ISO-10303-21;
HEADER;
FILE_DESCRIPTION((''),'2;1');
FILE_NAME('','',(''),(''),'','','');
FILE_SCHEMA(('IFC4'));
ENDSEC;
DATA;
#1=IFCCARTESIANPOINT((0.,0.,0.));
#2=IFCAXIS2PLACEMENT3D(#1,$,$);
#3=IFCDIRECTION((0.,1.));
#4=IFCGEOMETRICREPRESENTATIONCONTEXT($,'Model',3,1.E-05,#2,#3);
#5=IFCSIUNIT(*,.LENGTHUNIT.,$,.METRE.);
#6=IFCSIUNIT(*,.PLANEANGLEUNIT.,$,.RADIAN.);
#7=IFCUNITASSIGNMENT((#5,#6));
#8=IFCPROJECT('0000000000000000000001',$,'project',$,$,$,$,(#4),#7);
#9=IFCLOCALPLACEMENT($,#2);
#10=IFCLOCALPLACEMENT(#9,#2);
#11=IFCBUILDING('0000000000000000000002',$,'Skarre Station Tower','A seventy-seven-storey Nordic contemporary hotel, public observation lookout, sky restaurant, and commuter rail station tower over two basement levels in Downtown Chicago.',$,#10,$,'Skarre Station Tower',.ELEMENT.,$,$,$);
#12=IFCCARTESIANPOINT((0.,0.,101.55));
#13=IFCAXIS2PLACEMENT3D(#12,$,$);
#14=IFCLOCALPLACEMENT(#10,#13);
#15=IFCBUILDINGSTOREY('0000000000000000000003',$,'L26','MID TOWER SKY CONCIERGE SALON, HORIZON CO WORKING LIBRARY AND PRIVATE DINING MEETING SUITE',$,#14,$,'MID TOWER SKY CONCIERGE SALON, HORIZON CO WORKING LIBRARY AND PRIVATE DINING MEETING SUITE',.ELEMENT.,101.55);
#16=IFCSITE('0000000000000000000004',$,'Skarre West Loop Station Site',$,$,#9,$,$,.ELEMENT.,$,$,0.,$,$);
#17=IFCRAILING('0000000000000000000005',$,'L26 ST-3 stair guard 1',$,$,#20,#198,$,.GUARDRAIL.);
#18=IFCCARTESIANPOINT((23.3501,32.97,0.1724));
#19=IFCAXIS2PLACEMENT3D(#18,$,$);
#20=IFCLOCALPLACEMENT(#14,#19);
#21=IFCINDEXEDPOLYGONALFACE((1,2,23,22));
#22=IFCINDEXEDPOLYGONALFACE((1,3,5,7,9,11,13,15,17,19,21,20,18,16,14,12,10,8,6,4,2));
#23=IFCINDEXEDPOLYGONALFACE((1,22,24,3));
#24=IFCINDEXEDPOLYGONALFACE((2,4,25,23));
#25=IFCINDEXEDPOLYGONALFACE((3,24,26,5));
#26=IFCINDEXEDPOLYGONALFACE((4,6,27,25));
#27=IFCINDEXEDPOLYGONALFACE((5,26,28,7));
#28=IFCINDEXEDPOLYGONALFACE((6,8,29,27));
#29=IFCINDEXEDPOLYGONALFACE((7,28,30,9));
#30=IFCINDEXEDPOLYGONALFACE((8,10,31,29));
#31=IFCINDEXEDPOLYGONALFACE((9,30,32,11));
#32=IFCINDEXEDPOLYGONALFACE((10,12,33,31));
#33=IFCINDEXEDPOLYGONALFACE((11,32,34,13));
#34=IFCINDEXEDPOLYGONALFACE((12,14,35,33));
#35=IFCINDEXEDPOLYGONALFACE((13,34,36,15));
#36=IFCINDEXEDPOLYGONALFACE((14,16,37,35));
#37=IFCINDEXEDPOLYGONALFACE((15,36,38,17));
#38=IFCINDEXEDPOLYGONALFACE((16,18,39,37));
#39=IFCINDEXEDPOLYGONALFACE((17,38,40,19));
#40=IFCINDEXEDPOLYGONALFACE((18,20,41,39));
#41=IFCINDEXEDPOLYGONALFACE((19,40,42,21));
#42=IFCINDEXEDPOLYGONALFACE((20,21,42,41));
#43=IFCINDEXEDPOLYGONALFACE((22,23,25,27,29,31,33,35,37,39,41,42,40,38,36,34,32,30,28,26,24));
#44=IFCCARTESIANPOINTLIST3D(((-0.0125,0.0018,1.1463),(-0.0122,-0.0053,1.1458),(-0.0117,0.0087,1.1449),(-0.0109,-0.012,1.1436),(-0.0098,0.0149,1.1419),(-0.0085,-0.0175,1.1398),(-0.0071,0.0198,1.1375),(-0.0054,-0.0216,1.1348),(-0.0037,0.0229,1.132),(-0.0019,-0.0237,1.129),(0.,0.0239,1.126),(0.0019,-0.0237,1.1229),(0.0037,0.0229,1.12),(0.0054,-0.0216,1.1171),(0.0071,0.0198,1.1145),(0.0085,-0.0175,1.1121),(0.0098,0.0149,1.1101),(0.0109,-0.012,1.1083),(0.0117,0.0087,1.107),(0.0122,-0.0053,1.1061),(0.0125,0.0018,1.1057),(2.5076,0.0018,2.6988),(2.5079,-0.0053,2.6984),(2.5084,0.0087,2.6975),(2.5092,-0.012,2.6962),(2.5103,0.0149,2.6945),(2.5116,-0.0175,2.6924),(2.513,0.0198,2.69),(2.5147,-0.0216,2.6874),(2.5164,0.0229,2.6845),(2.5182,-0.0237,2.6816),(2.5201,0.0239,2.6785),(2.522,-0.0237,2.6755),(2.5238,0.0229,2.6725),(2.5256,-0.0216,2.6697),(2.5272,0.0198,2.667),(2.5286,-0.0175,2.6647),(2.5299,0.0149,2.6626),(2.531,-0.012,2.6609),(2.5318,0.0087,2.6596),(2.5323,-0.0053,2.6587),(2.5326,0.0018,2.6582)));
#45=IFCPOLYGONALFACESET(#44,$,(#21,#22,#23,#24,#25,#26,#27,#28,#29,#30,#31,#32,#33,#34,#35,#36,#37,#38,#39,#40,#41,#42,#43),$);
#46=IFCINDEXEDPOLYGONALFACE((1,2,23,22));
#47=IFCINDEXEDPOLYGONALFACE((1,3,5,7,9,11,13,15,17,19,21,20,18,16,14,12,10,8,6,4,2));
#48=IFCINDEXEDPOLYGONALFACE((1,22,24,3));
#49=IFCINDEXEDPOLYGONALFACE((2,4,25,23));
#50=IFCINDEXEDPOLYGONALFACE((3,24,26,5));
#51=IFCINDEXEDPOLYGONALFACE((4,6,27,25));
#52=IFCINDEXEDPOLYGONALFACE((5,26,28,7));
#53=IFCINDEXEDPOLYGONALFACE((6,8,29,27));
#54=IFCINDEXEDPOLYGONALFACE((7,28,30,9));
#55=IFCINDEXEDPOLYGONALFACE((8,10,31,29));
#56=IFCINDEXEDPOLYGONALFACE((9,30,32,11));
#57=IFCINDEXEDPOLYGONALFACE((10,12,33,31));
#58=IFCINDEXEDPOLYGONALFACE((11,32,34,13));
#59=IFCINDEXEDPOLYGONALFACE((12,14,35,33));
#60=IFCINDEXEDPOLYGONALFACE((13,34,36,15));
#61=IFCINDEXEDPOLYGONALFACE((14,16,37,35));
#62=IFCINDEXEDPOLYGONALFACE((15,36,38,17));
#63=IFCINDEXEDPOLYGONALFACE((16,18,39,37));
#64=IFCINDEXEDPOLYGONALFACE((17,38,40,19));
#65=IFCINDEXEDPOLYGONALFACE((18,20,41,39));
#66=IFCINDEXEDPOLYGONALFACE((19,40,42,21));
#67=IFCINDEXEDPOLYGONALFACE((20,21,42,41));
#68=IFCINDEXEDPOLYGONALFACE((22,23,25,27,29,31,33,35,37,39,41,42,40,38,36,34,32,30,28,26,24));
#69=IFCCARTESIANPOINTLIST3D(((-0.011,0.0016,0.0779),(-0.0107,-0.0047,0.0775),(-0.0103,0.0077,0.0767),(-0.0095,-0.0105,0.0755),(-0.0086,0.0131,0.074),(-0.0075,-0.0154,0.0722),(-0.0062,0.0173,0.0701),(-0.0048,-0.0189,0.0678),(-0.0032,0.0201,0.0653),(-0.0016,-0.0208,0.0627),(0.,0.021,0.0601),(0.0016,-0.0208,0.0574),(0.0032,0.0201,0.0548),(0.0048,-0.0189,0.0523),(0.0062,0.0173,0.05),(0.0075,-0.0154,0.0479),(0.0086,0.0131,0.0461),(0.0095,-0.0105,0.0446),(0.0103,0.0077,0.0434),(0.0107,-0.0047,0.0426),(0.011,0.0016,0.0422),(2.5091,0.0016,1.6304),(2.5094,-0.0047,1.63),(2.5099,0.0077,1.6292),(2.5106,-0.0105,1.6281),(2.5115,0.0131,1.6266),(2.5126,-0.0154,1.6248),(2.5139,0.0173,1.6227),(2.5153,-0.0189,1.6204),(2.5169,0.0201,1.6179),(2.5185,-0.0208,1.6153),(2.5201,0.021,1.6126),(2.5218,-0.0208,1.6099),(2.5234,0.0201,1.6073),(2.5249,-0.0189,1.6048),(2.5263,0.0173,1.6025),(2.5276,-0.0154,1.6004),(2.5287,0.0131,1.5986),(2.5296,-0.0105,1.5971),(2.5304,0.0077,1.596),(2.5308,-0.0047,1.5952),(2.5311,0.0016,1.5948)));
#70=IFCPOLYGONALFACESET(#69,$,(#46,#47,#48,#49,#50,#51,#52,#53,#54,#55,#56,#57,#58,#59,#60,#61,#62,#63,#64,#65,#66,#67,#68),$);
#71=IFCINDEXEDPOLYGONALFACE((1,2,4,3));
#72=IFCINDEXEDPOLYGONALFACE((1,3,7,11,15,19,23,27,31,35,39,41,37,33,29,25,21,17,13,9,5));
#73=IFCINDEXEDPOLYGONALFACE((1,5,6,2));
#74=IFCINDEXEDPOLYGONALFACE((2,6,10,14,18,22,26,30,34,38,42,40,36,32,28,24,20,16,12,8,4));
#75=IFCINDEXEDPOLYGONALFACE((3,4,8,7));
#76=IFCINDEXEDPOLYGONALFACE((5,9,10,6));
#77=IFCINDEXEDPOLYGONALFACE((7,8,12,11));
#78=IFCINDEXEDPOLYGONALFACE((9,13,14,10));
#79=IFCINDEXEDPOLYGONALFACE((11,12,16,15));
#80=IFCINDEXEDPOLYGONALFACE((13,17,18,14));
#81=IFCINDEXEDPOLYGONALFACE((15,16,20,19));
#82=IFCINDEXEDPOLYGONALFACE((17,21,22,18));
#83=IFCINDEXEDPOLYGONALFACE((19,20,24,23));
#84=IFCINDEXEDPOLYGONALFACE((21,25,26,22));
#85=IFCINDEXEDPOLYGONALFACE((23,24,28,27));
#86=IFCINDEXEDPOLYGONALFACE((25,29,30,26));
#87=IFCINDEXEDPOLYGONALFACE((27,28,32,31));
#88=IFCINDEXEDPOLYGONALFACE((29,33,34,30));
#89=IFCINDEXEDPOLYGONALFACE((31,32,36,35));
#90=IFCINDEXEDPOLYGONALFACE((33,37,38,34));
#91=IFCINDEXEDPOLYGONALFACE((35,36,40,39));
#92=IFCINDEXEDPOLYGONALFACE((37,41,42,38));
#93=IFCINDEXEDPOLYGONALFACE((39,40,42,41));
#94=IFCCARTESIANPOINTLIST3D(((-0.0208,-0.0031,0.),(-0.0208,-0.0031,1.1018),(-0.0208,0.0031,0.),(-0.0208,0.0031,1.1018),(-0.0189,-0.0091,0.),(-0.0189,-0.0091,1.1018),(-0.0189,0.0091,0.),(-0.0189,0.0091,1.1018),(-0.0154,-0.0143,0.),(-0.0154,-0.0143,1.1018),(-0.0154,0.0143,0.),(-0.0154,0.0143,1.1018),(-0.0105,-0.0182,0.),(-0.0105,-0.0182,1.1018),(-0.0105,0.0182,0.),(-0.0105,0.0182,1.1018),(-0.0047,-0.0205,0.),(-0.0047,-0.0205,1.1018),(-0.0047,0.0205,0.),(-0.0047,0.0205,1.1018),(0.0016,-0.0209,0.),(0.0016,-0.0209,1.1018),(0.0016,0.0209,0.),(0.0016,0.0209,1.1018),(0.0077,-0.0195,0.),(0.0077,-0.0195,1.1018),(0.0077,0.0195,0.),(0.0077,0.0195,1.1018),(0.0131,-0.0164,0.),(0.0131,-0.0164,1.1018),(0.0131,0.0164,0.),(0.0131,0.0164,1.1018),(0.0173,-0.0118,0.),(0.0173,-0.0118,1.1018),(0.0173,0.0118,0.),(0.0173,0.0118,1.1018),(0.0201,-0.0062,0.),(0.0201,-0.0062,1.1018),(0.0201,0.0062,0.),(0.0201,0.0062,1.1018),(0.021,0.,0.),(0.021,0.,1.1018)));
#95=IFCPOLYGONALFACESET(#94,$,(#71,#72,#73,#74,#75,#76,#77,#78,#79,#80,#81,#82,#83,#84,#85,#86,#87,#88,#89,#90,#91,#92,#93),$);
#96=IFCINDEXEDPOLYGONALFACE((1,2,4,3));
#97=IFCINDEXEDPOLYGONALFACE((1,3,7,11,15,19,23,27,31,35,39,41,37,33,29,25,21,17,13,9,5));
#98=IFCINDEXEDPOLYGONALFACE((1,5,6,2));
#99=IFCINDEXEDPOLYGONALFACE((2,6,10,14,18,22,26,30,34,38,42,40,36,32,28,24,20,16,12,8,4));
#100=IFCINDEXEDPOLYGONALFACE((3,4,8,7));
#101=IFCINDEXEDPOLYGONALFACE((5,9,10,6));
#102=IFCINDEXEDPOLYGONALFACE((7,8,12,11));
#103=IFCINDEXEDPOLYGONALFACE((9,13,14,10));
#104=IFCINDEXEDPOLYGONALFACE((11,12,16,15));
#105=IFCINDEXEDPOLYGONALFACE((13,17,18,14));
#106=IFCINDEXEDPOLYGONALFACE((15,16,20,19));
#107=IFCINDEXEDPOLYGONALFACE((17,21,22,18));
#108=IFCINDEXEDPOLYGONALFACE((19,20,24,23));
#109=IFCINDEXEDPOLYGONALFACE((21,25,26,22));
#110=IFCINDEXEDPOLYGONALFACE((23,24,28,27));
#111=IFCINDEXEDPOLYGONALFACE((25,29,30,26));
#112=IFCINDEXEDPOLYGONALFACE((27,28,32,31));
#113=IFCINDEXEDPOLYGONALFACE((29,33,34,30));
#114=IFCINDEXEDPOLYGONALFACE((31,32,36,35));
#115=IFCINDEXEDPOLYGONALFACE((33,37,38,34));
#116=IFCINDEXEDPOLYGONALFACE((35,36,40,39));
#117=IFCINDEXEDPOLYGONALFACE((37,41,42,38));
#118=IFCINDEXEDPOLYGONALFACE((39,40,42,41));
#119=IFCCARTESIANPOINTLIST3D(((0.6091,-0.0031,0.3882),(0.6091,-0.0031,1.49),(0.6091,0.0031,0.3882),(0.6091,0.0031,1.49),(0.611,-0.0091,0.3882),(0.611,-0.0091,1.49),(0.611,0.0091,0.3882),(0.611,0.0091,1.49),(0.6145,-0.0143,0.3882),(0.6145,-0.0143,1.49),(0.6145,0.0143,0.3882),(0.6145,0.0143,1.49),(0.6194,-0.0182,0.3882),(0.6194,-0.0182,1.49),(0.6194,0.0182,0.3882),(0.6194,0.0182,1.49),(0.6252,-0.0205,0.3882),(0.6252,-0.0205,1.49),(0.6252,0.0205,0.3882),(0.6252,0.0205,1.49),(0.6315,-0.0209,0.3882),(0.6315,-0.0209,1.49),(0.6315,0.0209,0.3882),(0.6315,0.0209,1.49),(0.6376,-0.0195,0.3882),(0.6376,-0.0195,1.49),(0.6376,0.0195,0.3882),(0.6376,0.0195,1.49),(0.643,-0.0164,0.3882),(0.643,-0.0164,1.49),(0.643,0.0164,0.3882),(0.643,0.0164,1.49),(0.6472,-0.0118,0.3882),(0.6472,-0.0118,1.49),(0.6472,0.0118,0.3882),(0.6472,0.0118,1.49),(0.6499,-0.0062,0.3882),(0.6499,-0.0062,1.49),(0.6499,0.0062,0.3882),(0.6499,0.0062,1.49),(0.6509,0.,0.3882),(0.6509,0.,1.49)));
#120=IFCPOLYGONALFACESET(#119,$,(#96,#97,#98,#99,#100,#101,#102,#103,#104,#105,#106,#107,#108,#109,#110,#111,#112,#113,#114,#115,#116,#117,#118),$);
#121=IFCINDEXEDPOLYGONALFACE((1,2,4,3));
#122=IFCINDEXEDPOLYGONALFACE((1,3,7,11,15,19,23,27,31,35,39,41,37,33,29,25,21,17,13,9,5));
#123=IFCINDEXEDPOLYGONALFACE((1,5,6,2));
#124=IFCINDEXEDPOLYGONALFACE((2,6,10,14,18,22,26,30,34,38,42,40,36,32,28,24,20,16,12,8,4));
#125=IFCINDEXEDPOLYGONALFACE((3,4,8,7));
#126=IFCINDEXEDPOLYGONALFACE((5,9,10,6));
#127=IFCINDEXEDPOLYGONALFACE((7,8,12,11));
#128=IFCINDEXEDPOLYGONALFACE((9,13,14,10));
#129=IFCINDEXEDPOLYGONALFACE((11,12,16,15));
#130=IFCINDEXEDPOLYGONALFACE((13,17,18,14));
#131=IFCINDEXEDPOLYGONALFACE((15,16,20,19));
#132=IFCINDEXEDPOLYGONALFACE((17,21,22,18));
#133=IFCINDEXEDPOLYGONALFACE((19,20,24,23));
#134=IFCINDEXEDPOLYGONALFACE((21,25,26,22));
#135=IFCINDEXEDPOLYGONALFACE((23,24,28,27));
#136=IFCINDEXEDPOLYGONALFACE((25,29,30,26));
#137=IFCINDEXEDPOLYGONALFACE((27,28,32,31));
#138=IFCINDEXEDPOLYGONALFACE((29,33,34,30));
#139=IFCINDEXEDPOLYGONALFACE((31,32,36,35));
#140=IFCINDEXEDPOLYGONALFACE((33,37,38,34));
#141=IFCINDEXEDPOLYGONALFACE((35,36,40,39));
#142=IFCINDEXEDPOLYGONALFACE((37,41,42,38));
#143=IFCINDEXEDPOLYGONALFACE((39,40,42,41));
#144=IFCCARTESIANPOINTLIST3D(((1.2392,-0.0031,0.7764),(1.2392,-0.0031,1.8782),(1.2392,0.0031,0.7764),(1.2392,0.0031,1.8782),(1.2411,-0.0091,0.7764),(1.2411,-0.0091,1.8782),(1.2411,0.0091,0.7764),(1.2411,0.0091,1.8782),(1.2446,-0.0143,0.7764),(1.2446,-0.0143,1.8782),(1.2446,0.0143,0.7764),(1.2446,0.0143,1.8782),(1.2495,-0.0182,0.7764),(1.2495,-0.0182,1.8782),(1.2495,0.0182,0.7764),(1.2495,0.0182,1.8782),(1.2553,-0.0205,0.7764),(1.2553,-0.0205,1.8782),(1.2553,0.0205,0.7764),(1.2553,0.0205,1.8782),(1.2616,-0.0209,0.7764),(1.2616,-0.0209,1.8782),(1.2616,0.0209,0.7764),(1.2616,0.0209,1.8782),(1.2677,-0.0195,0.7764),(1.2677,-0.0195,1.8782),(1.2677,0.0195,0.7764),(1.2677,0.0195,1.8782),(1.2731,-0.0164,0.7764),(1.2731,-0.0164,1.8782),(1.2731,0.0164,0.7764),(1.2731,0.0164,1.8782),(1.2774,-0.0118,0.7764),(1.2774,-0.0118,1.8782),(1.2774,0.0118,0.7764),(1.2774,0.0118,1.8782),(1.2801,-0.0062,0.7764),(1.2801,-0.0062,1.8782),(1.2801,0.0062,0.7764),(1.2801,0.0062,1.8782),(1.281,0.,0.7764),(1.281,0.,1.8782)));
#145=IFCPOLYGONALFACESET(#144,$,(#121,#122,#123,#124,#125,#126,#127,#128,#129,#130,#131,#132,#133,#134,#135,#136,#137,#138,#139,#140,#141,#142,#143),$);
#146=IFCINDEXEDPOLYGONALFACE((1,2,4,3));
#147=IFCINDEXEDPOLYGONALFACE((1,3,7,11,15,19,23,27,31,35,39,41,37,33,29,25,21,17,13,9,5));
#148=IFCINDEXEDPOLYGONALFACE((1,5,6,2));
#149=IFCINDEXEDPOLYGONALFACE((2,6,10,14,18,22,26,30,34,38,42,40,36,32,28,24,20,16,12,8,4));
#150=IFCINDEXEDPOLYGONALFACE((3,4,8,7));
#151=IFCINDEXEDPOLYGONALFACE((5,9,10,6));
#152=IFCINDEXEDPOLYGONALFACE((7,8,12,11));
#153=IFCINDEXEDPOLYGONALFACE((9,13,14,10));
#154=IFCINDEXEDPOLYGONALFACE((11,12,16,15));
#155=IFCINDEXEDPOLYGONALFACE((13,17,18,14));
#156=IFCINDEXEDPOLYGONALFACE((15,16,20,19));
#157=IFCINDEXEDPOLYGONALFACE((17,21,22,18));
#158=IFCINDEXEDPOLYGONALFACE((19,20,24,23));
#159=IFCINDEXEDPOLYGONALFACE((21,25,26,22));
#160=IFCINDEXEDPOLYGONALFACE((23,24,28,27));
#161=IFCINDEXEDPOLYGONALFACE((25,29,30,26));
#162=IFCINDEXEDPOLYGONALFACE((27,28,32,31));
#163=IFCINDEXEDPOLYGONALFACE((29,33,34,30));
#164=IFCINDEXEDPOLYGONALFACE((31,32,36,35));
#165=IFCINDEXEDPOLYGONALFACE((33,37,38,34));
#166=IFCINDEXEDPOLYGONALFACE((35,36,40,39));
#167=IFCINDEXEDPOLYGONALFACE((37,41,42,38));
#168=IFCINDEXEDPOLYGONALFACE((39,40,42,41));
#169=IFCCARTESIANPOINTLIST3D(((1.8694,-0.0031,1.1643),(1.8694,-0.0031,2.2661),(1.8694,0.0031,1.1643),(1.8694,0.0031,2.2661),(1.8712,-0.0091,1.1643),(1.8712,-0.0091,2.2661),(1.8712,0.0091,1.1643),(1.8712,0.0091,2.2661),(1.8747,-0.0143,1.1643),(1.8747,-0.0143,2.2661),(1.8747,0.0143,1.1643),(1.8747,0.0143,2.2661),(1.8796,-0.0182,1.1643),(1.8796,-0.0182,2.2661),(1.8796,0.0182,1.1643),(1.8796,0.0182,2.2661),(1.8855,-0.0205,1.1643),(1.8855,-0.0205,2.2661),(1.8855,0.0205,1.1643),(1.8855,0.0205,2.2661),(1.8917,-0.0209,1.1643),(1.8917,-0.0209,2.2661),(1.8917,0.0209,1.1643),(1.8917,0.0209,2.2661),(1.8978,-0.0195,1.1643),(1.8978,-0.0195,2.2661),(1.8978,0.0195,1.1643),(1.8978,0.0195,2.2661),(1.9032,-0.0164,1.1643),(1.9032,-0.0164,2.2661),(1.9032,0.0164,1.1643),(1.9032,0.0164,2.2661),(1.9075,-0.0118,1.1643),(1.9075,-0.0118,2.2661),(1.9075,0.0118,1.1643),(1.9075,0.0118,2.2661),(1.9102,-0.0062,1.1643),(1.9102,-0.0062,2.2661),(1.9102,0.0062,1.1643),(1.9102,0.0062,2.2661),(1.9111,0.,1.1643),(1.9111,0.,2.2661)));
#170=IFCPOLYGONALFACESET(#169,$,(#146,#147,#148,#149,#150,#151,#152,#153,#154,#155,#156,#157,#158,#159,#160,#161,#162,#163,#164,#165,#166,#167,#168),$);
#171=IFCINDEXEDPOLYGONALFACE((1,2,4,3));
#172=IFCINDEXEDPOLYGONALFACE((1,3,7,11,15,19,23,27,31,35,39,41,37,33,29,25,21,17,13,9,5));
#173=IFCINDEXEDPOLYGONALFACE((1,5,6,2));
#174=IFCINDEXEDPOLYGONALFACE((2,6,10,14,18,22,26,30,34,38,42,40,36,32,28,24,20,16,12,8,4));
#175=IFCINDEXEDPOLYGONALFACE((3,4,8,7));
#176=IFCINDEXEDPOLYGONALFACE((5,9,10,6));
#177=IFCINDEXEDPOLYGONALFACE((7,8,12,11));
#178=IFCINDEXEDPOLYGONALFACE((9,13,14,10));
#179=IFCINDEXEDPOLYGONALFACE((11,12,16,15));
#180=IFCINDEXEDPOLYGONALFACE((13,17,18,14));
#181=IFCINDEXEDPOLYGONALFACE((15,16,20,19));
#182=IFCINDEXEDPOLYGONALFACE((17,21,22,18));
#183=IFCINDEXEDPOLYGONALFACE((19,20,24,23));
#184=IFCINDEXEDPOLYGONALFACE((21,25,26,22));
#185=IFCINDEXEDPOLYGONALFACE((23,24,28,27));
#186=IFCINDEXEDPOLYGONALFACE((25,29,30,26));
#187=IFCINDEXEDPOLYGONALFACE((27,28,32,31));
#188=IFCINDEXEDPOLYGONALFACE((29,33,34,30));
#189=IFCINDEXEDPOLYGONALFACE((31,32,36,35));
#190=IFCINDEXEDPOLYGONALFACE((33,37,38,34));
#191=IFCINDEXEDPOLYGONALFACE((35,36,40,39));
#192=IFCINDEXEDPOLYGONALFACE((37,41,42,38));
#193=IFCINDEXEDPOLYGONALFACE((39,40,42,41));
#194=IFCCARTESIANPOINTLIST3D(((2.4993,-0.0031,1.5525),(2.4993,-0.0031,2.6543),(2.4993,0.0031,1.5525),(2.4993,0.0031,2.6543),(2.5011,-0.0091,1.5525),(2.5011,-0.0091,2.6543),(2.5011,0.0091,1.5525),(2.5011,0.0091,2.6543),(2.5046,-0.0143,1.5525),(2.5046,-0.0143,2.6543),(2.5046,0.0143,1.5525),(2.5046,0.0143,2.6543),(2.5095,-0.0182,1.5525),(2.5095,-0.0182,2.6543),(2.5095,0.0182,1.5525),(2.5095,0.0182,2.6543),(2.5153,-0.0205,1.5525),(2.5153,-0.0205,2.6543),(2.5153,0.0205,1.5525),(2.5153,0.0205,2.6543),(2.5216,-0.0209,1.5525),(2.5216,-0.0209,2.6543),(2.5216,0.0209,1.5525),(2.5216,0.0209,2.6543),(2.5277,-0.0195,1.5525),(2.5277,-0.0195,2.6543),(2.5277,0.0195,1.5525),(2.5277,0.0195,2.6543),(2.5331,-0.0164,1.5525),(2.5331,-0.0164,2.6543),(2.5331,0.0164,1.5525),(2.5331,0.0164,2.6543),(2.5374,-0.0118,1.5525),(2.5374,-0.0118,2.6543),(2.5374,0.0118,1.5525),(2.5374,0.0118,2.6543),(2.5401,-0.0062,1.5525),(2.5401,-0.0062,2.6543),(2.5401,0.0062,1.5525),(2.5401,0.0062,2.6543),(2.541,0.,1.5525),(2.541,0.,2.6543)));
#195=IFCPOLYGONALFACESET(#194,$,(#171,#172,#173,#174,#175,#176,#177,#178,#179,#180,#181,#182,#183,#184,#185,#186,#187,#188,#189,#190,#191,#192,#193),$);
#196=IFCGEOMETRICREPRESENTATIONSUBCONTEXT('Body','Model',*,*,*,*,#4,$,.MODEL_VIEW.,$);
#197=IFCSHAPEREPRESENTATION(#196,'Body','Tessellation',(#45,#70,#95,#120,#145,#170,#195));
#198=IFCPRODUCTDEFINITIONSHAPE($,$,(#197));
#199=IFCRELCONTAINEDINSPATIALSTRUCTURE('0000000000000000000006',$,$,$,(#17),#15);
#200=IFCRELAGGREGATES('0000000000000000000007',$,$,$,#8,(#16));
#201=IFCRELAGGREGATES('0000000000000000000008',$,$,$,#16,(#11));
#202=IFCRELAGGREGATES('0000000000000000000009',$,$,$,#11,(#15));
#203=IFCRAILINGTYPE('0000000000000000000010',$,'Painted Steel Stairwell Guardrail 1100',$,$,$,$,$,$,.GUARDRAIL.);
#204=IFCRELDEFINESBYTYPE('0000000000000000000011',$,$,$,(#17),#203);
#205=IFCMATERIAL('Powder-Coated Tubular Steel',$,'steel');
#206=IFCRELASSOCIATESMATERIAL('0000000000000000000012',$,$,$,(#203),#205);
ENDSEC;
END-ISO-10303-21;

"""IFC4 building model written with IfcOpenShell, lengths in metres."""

from ifc_helpers import new_model, si_unit, direction, frame, origin, origin_2d, place, context, subcontext, project, spatial, circle, extrude, material, type_object, element, save


model = new_model("IFC4")

# Units and contexts
model_context = context("Model", 3, precision=1e-05, world=origin(), true_north=direction((0.0, 1.0)))
body_context = subcontext(model_context, "Body", "Model", "MODEL_VIEW")
ifc_project = project(units=[si_unit("LENGTHUNIT", "METRE"), si_unit("PLANEANGLEUNIT", "RADIAN")], contexts=[model_context])

# Site, building, storey
site_placement = place(None, origin())
site = spatial("IfcSite", under=ifc_project, at=site_placement, Name="Skarre West Loop Station Site", CompositionType="ELEMENT", RefElevation=0.0)
building_placement = place(site_placement, origin())
building = spatial("IfcBuilding", under=site, at=building_placement, Name="Skarre Station Tower", Description="A seventy-seven-storey Nordic contemporary hotel, public observation lookout, sky restaurant, and commuter rail station tower over two basement levels in Downtown Chicago.", LongName="Skarre Station Tower", CompositionType="ELEMENT")
storey_placement = place(building_placement, frame((0.0, 0.0, 101.55)))
storey = spatial("IfcBuildingStorey", under=building, at=storey_placement, Name="L26", Description="MID TOWER SKY CONCIERGE SALON, HORIZON CO WORKING LIBRARY AND PRIVATE DINING MEETING SUITE", LongName="MID TOWER SKY CONCIERGE SALON, HORIZON CO WORKING LIBRARY AND PRIVATE DINING MEETING SUITE", CompositionType="ELEMENT", Elevation=101.55)

# Railing
ifc_material_1 = material(Name="Powder-Coated Tubular Steel", Category="steel")
railing_type_1 = type_object("IfcRailingType", Name="Painted Steel Stairwell Guardrail 1100", PredefinedType="GUARDRAIL", material=ifc_material_1)
railing_1_placement = place(storey_placement, frame((23.3501, 32.97, 0.1724)))
element("IfcRailing", 1, at=railing_1_placement, inside=storey, type_object=railing_type_1, Name="L26 ST-3 stair guard 1", PredefinedType="GUARDRAIL", context=body_context, shape_type="SweptSolid", body=[
    extrude(circle(Radius=0.0239, at=origin_2d()), frame((0.0, 0.0, 1.126), z_axis=(0.8514, 0.0, 0.524516), x_axis=(0.0, 1.0, 0.0)), (0.0, 0.0, 1.0), 2.96),
    extrude(circle(Radius=0.021, at=origin_2d()), frame((0.0, 0.0, 0.0601), z_axis=(0.8514, 0.0, 0.524516), x_axis=(0.0, 1.0, 0.0)), (0.0, 0.0, 1.0), 2.96),
    extrude(circle(Radius=0.021, at=origin_2d()), origin(), (0.0, 0.0, 1.0), 1.1018),
    extrude(circle(Radius=0.021, at=origin_2d()), frame((0.6299, 0.0, 0.3882)), (0.0, 0.0, 1.0), 1.1018),
    extrude(circle(Radius=0.021, at=origin_2d()), frame((1.26, 0.0, 0.7764)), (0.0, 0.0, 1.0), 1.1018),
    extrude(circle(Radius=0.021, at=origin_2d()), frame((1.8901, 0.0, 1.1643)), (0.0, 0.0, 1.0), 1.1018),
    extrude(circle(Radius=0.021, at=origin_2d()), frame((2.52, 0.0, 1.5525)), (0.0, 0.0, 1.0), 1.1018),
])

save(model, "model.ifc")
